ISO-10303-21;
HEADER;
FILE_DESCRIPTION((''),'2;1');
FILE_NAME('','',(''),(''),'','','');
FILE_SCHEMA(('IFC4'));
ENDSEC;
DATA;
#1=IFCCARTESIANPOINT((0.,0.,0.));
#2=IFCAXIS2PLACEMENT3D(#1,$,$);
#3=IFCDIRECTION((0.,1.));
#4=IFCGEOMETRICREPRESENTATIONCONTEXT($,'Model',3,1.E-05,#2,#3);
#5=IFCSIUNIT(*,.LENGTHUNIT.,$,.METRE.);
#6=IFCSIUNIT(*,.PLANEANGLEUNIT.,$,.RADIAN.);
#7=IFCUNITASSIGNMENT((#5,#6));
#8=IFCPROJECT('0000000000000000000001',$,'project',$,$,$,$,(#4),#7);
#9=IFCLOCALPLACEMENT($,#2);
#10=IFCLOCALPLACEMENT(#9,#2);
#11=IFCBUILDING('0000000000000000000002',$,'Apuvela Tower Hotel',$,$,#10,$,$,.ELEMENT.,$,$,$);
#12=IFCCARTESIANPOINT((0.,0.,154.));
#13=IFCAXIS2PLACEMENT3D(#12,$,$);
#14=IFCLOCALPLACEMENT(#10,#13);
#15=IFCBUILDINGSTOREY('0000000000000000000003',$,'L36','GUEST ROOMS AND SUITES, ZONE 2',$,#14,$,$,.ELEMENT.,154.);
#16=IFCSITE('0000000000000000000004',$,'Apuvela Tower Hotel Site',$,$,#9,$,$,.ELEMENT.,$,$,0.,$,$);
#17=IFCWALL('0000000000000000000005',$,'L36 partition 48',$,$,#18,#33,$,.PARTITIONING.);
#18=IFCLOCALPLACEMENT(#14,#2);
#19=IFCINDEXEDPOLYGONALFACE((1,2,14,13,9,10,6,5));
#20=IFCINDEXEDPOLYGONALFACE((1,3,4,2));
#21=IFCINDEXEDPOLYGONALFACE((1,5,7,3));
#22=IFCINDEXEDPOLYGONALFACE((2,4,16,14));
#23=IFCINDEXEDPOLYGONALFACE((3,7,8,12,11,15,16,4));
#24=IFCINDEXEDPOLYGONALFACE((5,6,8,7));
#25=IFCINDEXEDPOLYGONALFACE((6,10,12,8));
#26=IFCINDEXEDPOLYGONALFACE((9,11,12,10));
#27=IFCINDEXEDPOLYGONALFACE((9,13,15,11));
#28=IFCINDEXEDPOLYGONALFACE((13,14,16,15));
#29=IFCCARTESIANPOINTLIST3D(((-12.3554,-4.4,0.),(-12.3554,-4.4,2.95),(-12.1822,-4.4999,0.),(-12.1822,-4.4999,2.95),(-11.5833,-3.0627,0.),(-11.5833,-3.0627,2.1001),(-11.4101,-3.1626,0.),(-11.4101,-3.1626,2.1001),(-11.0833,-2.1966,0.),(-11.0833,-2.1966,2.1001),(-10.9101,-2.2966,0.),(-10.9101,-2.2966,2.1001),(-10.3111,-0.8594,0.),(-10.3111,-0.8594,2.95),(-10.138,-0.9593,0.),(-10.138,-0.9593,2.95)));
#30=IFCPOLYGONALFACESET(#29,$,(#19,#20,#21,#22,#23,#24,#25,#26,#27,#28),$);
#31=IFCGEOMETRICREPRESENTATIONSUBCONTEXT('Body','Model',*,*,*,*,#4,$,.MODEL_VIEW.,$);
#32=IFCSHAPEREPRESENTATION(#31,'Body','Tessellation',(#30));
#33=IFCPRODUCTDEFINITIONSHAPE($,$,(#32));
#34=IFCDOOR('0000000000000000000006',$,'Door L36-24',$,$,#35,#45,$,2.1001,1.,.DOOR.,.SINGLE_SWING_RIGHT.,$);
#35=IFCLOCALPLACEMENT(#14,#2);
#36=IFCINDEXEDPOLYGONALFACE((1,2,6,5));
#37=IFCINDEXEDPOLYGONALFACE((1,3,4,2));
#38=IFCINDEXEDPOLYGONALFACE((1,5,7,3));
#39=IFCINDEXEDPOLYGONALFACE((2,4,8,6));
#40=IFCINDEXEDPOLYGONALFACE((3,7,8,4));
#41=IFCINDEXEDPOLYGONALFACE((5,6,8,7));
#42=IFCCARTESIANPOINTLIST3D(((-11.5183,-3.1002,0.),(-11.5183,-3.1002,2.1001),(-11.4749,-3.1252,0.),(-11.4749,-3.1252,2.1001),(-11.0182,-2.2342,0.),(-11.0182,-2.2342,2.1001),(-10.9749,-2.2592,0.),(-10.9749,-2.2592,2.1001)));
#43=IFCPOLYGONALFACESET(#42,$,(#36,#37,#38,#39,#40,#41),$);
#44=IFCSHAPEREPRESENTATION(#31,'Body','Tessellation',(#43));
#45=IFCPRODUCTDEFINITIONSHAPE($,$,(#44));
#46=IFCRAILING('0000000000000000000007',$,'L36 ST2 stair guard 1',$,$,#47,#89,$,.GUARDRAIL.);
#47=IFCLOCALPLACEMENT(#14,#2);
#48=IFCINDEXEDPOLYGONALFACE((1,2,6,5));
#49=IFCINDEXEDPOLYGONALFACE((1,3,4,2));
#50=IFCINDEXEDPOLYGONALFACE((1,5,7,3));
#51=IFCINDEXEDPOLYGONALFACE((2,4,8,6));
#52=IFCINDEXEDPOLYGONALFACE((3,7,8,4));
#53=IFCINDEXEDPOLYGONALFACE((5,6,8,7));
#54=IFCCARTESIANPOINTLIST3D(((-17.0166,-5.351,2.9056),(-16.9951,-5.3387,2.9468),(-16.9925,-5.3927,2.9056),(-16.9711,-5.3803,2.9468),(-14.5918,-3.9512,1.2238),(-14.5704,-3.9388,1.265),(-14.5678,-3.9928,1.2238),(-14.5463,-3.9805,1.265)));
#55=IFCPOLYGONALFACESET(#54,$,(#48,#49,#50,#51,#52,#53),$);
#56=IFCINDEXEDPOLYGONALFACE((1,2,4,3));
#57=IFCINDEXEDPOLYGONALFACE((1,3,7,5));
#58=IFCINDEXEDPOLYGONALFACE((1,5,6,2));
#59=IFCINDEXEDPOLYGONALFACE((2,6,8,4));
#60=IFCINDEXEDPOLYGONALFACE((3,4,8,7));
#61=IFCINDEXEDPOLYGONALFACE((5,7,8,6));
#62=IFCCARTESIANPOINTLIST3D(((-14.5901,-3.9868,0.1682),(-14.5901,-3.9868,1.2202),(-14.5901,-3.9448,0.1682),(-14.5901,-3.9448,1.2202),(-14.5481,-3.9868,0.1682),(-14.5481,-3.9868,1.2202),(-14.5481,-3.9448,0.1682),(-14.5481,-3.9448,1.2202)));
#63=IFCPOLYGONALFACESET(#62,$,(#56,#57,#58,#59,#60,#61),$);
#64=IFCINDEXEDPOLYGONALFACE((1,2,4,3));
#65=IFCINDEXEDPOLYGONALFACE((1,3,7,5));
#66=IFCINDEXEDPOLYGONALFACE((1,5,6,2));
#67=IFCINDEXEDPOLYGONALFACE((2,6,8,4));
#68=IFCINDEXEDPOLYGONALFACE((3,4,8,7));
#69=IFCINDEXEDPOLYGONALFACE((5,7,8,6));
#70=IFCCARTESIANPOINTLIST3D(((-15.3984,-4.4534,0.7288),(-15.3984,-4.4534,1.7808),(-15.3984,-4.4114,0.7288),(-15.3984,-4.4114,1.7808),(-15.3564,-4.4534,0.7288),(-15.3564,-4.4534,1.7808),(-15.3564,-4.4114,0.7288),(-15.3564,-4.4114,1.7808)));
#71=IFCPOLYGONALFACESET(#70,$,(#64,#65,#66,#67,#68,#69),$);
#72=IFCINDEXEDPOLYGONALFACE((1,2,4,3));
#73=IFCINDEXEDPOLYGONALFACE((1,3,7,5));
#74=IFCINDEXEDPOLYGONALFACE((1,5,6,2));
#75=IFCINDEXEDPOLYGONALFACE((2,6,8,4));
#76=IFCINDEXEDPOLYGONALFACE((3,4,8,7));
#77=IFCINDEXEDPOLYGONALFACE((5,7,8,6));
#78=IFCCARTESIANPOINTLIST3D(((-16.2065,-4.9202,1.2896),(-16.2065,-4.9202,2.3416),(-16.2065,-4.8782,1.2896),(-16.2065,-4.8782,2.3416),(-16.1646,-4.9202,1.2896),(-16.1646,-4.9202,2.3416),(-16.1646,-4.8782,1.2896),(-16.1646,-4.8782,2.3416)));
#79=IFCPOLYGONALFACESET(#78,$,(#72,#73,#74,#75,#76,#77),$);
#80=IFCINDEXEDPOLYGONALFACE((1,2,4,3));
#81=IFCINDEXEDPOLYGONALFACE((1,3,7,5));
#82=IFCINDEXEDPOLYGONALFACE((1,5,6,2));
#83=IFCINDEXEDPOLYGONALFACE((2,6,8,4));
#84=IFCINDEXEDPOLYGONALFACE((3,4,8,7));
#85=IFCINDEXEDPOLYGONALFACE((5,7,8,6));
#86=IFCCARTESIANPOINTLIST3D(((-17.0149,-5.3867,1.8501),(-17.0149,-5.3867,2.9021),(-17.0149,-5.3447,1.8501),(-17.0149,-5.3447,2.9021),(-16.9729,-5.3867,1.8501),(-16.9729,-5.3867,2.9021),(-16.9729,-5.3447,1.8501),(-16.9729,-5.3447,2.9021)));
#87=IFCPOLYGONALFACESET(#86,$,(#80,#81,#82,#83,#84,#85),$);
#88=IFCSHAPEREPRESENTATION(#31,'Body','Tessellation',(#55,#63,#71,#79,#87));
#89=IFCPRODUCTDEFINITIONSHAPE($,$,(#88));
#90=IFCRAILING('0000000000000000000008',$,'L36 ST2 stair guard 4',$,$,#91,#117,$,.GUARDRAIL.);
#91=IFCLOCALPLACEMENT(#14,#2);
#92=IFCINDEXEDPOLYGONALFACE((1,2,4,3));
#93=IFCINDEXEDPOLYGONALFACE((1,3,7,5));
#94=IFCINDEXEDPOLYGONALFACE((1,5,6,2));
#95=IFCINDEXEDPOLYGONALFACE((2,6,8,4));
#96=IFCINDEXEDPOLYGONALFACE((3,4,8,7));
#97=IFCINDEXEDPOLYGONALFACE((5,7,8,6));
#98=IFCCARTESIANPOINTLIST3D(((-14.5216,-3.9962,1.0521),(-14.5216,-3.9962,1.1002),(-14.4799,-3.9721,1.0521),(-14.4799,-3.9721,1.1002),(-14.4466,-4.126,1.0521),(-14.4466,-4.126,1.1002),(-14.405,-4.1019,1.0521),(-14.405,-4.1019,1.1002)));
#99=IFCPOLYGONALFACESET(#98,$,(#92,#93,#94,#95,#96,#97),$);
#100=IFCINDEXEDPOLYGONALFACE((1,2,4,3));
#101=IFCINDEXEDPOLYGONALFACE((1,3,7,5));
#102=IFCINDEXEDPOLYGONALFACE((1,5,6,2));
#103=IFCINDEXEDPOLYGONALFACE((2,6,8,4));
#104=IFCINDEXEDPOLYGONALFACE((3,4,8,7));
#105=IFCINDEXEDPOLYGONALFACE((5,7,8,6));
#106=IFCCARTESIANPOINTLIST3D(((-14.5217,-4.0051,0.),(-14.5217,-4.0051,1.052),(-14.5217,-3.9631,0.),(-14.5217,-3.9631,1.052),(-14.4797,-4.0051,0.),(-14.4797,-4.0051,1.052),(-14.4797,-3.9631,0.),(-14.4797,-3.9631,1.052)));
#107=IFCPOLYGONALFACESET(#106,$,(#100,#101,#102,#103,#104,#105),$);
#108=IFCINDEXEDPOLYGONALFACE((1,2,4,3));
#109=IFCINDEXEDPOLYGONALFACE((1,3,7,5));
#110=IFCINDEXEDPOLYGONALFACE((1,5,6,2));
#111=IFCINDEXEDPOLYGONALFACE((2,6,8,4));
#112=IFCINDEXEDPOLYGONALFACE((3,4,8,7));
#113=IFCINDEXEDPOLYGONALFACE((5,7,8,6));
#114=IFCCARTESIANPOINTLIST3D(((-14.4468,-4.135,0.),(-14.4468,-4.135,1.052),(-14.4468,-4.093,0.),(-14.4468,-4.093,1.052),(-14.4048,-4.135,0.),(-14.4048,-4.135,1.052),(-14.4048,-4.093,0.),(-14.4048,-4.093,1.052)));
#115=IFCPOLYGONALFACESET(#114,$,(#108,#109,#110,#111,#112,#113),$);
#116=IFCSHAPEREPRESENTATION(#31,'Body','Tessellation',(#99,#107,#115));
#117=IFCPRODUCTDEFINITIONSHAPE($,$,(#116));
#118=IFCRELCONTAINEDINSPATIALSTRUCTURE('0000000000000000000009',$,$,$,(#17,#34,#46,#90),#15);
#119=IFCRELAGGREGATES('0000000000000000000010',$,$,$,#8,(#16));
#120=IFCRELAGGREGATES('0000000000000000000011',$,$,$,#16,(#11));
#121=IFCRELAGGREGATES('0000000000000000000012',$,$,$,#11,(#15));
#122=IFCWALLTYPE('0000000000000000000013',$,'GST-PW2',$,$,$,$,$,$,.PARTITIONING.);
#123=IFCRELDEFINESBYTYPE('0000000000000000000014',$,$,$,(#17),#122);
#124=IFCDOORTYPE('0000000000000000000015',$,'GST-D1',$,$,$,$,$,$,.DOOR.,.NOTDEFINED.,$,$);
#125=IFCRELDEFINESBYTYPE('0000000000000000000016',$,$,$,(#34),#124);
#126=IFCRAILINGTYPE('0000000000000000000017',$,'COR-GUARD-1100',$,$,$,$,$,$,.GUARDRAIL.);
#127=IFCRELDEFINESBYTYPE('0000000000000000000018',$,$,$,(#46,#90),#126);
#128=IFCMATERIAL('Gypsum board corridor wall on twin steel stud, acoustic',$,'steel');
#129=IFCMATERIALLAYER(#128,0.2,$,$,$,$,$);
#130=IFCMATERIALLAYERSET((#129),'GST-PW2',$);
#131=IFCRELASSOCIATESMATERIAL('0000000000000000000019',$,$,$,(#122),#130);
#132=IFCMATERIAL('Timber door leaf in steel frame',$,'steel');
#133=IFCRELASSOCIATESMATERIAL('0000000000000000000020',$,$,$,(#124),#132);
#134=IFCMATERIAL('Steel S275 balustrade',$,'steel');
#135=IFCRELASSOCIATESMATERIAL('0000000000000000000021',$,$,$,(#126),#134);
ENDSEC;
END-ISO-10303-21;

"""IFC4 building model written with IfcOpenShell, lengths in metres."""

from ifc_helpers import new_model, si_unit, direction, frame, frame_2d, origin, origin_2d, place, context, subcontext, project, spatial, rectangle, extrude, material, layer, layer_set, type_object, element, fill, save


model = new_model("IFC4")

# Units and contexts
model_context = context("Model", 3, precision=1e-05, world=origin(), true_north=direction((0.0, 1.0)))
body_context = subcontext(model_context, "Body", "Model", "MODEL_VIEW")
ifc_project = project(units=[si_unit("LENGTHUNIT", "METRE"), si_unit("PLANEANGLEUNIT", "RADIAN")], contexts=[model_context])

# Site, building, storey
site_placement = place(None, origin())
site = spatial("IfcSite", under=ifc_project, at=site_placement, Name="Apuvela Tower Hotel Site", CompositionType="ELEMENT", RefElevation=0.0)
building_placement = place(site_placement, origin())
building = spatial("IfcBuilding", under=site, at=building_placement, Name="Apuvela Tower Hotel", CompositionType="ELEMENT")
storey_placement = place(building_placement, frame((0.0, 0.0, 154.0)))
storey = spatial("IfcBuildingStorey", under=building, at=storey_placement, Name="L36", Description="GUEST ROOMS AND SUITES, ZONE 2", CompositionType="ELEMENT", Elevation=154.0)

# Wall, opening, door
ifc_material_1 = material(Name="Gypsum board corridor wall on twin steel stud, acoustic", Category="steel")
ifc_layer_1 = layer(ifc_material_1, 0.2)
ifc_layer_set_1 = layer_set([ifc_layer_1], Name="GST-PW2")
wall_type_1 = type_object("IfcWallType", Name="GST-PW2", PredefinedType="PARTITIONING", material=ifc_layer_set_1)
wall_1_placement = place(storey_placement, frame((-12.2688, -4.45, 0.0), z_axis=(0.0, 0.0, 1.0), x_axis=(0.500012, 0.866019, 0.0)))
wall_1 = element("IfcWall", 1, at=wall_1_placement, inside=storey, type_object=wall_type_1, Name="L36 partition 48", PredefinedType="PARTITIONING", context=body_context, shape_type="SweptSolid", body=[
    extrude(rectangle(XDim=4.0884, YDim=0.2, at=frame_2d((2.0442, 0.0))), origin(), (0.0, 0.0, 1.0), 2.95),
])
opening_1_placement = place(wall_1_placement, frame((1.5442, 0.0, 0.0)))
opening_1 = element("IfcOpeningElement", 2, at=opening_1_placement, cuts=wall_1, PredefinedType="OPENING", context=body_context, shape_type="SweptSolid", body=[
    extrude(rectangle(XDim=1.0, YDim=2.1001, at=frame_2d((0.5, 1.05))), frame((0.0, 0.1099, 0.0), z_axis=(0.0, -1.0, 0.0), x_axis=(1.0, 0.0, 0.0)), (0.0, 0.0, 1.0), 0.22),
])
ifc_material_2 = material(Name="Timber door leaf in steel frame", Category="steel")
door_type_1 = type_object("IfcDoorType", Name="GST-D1", OperationType="NOTDEFINED", PredefinedType="DOOR", material=ifc_material_2)
door_1_placement = place(opening_1_placement, origin())
door_1 = element("IfcDoor", 3, at=door_1_placement, inside=storey, type_object=door_type_1, Name="Door L36-24", OperationType="SINGLE_SWING_RIGHT", OverallHeight=2.1001, OverallWidth=1.0, PredefinedType="DOOR", context=body_context, shape_type="SweptSolid", body=[
    extrude(rectangle(XDim=1.0, YDim=2.1001, at=frame_2d((0.5, 1.05))), frame((0.0, 0.0249, 0.0), z_axis=(0.0, -1.0, 0.0), x_axis=(1.0, 0.0, 0.0)), (0.0, 0.0, 1.0), 0.05),
])
fill(opening_1, door_1)

# Railings
ifc_material_3 = material(Name="Steel S275 balustrade", Category="steel")
railing_type = type_object("IfcRailingType", Name="COR-GUARD-1100", PredefinedType="GUARDRAIL", material=ifc_material_3)
railing_1_placement = place(storey_placement, frame((-14.5691, -3.9658, 0.1682)))
element("IfcRailing", 4, at=railing_1_placement, inside=storey, type_object=railing_type, Name="L36 ST2 stair guard 1", PredefinedType="GUARDRAIL", context=body_context, shape_type="SweptSolid", body=[
    extrude(rectangle(XDim=0.0481, YDim=0.0481, at=origin_2d()), frame((0.0, 0.0, 1.0762), z_axis=(-0.74239, -0.428601, 0.514934), x_axis=(0.499984, -0.866035, 0.0)), (0.0, 0.0, 1.0), 3.2661),
    extrude(rectangle(XDim=0.042, YDim=0.042, at=origin_2d()), origin(), (0.0, 0.0, 1.0), 1.052),
    extrude(rectangle(XDim=0.042, YDim=0.042, at=origin_2d()), frame((-0.8083, -0.4666, 0.5605)), (0.0, 0.0, 1.0), 1.052),
    extrude(rectangle(XDim=0.042, YDim=0.042, at=origin_2d()), frame((-1.6165, -0.9333, 1.1213)), (0.0, 0.0, 1.0), 1.052),
    extrude(rectangle(XDim=0.042, YDim=0.042, at=origin_2d()), frame((-2.4248, -1.3999, 1.6819)), (0.0, 0.0, 1.0), 1.052),
])
railing_2_placement = place(storey_placement, frame((-14.5007, -3.9841, 0.0)))
element("IfcRailing", 5, at=railing_2_placement, inside=storey, type_object=railing_type, Name="L36 ST2 stair guard 4", PredefinedType="GUARDRAIL", context=body_context, shape_type="SweptSolid", body=[
    extrude(rectangle(XDim=0.0481, YDim=0.0481, at=origin_2d()), frame((0.0, 0.0, 1.0762), z_axis=(0.499816, -0.866131, 0.0), x_axis=(0.866131, 0.499816, 0.0)), (0.0, 0.0, 1.0), 0.1499),
    extrude(rectangle(XDim=0.042, YDim=0.042, at=origin_2d()), origin(), (0.0, 0.0, 1.0), 1.052),
    extrude(rectangle(XDim=0.042, YDim=0.042, at=origin_2d()), frame((0.075, -0.1299, 0.0)), (0.0, 0.0, 1.0), 1.052),
])

save(model, "model.ifc")
